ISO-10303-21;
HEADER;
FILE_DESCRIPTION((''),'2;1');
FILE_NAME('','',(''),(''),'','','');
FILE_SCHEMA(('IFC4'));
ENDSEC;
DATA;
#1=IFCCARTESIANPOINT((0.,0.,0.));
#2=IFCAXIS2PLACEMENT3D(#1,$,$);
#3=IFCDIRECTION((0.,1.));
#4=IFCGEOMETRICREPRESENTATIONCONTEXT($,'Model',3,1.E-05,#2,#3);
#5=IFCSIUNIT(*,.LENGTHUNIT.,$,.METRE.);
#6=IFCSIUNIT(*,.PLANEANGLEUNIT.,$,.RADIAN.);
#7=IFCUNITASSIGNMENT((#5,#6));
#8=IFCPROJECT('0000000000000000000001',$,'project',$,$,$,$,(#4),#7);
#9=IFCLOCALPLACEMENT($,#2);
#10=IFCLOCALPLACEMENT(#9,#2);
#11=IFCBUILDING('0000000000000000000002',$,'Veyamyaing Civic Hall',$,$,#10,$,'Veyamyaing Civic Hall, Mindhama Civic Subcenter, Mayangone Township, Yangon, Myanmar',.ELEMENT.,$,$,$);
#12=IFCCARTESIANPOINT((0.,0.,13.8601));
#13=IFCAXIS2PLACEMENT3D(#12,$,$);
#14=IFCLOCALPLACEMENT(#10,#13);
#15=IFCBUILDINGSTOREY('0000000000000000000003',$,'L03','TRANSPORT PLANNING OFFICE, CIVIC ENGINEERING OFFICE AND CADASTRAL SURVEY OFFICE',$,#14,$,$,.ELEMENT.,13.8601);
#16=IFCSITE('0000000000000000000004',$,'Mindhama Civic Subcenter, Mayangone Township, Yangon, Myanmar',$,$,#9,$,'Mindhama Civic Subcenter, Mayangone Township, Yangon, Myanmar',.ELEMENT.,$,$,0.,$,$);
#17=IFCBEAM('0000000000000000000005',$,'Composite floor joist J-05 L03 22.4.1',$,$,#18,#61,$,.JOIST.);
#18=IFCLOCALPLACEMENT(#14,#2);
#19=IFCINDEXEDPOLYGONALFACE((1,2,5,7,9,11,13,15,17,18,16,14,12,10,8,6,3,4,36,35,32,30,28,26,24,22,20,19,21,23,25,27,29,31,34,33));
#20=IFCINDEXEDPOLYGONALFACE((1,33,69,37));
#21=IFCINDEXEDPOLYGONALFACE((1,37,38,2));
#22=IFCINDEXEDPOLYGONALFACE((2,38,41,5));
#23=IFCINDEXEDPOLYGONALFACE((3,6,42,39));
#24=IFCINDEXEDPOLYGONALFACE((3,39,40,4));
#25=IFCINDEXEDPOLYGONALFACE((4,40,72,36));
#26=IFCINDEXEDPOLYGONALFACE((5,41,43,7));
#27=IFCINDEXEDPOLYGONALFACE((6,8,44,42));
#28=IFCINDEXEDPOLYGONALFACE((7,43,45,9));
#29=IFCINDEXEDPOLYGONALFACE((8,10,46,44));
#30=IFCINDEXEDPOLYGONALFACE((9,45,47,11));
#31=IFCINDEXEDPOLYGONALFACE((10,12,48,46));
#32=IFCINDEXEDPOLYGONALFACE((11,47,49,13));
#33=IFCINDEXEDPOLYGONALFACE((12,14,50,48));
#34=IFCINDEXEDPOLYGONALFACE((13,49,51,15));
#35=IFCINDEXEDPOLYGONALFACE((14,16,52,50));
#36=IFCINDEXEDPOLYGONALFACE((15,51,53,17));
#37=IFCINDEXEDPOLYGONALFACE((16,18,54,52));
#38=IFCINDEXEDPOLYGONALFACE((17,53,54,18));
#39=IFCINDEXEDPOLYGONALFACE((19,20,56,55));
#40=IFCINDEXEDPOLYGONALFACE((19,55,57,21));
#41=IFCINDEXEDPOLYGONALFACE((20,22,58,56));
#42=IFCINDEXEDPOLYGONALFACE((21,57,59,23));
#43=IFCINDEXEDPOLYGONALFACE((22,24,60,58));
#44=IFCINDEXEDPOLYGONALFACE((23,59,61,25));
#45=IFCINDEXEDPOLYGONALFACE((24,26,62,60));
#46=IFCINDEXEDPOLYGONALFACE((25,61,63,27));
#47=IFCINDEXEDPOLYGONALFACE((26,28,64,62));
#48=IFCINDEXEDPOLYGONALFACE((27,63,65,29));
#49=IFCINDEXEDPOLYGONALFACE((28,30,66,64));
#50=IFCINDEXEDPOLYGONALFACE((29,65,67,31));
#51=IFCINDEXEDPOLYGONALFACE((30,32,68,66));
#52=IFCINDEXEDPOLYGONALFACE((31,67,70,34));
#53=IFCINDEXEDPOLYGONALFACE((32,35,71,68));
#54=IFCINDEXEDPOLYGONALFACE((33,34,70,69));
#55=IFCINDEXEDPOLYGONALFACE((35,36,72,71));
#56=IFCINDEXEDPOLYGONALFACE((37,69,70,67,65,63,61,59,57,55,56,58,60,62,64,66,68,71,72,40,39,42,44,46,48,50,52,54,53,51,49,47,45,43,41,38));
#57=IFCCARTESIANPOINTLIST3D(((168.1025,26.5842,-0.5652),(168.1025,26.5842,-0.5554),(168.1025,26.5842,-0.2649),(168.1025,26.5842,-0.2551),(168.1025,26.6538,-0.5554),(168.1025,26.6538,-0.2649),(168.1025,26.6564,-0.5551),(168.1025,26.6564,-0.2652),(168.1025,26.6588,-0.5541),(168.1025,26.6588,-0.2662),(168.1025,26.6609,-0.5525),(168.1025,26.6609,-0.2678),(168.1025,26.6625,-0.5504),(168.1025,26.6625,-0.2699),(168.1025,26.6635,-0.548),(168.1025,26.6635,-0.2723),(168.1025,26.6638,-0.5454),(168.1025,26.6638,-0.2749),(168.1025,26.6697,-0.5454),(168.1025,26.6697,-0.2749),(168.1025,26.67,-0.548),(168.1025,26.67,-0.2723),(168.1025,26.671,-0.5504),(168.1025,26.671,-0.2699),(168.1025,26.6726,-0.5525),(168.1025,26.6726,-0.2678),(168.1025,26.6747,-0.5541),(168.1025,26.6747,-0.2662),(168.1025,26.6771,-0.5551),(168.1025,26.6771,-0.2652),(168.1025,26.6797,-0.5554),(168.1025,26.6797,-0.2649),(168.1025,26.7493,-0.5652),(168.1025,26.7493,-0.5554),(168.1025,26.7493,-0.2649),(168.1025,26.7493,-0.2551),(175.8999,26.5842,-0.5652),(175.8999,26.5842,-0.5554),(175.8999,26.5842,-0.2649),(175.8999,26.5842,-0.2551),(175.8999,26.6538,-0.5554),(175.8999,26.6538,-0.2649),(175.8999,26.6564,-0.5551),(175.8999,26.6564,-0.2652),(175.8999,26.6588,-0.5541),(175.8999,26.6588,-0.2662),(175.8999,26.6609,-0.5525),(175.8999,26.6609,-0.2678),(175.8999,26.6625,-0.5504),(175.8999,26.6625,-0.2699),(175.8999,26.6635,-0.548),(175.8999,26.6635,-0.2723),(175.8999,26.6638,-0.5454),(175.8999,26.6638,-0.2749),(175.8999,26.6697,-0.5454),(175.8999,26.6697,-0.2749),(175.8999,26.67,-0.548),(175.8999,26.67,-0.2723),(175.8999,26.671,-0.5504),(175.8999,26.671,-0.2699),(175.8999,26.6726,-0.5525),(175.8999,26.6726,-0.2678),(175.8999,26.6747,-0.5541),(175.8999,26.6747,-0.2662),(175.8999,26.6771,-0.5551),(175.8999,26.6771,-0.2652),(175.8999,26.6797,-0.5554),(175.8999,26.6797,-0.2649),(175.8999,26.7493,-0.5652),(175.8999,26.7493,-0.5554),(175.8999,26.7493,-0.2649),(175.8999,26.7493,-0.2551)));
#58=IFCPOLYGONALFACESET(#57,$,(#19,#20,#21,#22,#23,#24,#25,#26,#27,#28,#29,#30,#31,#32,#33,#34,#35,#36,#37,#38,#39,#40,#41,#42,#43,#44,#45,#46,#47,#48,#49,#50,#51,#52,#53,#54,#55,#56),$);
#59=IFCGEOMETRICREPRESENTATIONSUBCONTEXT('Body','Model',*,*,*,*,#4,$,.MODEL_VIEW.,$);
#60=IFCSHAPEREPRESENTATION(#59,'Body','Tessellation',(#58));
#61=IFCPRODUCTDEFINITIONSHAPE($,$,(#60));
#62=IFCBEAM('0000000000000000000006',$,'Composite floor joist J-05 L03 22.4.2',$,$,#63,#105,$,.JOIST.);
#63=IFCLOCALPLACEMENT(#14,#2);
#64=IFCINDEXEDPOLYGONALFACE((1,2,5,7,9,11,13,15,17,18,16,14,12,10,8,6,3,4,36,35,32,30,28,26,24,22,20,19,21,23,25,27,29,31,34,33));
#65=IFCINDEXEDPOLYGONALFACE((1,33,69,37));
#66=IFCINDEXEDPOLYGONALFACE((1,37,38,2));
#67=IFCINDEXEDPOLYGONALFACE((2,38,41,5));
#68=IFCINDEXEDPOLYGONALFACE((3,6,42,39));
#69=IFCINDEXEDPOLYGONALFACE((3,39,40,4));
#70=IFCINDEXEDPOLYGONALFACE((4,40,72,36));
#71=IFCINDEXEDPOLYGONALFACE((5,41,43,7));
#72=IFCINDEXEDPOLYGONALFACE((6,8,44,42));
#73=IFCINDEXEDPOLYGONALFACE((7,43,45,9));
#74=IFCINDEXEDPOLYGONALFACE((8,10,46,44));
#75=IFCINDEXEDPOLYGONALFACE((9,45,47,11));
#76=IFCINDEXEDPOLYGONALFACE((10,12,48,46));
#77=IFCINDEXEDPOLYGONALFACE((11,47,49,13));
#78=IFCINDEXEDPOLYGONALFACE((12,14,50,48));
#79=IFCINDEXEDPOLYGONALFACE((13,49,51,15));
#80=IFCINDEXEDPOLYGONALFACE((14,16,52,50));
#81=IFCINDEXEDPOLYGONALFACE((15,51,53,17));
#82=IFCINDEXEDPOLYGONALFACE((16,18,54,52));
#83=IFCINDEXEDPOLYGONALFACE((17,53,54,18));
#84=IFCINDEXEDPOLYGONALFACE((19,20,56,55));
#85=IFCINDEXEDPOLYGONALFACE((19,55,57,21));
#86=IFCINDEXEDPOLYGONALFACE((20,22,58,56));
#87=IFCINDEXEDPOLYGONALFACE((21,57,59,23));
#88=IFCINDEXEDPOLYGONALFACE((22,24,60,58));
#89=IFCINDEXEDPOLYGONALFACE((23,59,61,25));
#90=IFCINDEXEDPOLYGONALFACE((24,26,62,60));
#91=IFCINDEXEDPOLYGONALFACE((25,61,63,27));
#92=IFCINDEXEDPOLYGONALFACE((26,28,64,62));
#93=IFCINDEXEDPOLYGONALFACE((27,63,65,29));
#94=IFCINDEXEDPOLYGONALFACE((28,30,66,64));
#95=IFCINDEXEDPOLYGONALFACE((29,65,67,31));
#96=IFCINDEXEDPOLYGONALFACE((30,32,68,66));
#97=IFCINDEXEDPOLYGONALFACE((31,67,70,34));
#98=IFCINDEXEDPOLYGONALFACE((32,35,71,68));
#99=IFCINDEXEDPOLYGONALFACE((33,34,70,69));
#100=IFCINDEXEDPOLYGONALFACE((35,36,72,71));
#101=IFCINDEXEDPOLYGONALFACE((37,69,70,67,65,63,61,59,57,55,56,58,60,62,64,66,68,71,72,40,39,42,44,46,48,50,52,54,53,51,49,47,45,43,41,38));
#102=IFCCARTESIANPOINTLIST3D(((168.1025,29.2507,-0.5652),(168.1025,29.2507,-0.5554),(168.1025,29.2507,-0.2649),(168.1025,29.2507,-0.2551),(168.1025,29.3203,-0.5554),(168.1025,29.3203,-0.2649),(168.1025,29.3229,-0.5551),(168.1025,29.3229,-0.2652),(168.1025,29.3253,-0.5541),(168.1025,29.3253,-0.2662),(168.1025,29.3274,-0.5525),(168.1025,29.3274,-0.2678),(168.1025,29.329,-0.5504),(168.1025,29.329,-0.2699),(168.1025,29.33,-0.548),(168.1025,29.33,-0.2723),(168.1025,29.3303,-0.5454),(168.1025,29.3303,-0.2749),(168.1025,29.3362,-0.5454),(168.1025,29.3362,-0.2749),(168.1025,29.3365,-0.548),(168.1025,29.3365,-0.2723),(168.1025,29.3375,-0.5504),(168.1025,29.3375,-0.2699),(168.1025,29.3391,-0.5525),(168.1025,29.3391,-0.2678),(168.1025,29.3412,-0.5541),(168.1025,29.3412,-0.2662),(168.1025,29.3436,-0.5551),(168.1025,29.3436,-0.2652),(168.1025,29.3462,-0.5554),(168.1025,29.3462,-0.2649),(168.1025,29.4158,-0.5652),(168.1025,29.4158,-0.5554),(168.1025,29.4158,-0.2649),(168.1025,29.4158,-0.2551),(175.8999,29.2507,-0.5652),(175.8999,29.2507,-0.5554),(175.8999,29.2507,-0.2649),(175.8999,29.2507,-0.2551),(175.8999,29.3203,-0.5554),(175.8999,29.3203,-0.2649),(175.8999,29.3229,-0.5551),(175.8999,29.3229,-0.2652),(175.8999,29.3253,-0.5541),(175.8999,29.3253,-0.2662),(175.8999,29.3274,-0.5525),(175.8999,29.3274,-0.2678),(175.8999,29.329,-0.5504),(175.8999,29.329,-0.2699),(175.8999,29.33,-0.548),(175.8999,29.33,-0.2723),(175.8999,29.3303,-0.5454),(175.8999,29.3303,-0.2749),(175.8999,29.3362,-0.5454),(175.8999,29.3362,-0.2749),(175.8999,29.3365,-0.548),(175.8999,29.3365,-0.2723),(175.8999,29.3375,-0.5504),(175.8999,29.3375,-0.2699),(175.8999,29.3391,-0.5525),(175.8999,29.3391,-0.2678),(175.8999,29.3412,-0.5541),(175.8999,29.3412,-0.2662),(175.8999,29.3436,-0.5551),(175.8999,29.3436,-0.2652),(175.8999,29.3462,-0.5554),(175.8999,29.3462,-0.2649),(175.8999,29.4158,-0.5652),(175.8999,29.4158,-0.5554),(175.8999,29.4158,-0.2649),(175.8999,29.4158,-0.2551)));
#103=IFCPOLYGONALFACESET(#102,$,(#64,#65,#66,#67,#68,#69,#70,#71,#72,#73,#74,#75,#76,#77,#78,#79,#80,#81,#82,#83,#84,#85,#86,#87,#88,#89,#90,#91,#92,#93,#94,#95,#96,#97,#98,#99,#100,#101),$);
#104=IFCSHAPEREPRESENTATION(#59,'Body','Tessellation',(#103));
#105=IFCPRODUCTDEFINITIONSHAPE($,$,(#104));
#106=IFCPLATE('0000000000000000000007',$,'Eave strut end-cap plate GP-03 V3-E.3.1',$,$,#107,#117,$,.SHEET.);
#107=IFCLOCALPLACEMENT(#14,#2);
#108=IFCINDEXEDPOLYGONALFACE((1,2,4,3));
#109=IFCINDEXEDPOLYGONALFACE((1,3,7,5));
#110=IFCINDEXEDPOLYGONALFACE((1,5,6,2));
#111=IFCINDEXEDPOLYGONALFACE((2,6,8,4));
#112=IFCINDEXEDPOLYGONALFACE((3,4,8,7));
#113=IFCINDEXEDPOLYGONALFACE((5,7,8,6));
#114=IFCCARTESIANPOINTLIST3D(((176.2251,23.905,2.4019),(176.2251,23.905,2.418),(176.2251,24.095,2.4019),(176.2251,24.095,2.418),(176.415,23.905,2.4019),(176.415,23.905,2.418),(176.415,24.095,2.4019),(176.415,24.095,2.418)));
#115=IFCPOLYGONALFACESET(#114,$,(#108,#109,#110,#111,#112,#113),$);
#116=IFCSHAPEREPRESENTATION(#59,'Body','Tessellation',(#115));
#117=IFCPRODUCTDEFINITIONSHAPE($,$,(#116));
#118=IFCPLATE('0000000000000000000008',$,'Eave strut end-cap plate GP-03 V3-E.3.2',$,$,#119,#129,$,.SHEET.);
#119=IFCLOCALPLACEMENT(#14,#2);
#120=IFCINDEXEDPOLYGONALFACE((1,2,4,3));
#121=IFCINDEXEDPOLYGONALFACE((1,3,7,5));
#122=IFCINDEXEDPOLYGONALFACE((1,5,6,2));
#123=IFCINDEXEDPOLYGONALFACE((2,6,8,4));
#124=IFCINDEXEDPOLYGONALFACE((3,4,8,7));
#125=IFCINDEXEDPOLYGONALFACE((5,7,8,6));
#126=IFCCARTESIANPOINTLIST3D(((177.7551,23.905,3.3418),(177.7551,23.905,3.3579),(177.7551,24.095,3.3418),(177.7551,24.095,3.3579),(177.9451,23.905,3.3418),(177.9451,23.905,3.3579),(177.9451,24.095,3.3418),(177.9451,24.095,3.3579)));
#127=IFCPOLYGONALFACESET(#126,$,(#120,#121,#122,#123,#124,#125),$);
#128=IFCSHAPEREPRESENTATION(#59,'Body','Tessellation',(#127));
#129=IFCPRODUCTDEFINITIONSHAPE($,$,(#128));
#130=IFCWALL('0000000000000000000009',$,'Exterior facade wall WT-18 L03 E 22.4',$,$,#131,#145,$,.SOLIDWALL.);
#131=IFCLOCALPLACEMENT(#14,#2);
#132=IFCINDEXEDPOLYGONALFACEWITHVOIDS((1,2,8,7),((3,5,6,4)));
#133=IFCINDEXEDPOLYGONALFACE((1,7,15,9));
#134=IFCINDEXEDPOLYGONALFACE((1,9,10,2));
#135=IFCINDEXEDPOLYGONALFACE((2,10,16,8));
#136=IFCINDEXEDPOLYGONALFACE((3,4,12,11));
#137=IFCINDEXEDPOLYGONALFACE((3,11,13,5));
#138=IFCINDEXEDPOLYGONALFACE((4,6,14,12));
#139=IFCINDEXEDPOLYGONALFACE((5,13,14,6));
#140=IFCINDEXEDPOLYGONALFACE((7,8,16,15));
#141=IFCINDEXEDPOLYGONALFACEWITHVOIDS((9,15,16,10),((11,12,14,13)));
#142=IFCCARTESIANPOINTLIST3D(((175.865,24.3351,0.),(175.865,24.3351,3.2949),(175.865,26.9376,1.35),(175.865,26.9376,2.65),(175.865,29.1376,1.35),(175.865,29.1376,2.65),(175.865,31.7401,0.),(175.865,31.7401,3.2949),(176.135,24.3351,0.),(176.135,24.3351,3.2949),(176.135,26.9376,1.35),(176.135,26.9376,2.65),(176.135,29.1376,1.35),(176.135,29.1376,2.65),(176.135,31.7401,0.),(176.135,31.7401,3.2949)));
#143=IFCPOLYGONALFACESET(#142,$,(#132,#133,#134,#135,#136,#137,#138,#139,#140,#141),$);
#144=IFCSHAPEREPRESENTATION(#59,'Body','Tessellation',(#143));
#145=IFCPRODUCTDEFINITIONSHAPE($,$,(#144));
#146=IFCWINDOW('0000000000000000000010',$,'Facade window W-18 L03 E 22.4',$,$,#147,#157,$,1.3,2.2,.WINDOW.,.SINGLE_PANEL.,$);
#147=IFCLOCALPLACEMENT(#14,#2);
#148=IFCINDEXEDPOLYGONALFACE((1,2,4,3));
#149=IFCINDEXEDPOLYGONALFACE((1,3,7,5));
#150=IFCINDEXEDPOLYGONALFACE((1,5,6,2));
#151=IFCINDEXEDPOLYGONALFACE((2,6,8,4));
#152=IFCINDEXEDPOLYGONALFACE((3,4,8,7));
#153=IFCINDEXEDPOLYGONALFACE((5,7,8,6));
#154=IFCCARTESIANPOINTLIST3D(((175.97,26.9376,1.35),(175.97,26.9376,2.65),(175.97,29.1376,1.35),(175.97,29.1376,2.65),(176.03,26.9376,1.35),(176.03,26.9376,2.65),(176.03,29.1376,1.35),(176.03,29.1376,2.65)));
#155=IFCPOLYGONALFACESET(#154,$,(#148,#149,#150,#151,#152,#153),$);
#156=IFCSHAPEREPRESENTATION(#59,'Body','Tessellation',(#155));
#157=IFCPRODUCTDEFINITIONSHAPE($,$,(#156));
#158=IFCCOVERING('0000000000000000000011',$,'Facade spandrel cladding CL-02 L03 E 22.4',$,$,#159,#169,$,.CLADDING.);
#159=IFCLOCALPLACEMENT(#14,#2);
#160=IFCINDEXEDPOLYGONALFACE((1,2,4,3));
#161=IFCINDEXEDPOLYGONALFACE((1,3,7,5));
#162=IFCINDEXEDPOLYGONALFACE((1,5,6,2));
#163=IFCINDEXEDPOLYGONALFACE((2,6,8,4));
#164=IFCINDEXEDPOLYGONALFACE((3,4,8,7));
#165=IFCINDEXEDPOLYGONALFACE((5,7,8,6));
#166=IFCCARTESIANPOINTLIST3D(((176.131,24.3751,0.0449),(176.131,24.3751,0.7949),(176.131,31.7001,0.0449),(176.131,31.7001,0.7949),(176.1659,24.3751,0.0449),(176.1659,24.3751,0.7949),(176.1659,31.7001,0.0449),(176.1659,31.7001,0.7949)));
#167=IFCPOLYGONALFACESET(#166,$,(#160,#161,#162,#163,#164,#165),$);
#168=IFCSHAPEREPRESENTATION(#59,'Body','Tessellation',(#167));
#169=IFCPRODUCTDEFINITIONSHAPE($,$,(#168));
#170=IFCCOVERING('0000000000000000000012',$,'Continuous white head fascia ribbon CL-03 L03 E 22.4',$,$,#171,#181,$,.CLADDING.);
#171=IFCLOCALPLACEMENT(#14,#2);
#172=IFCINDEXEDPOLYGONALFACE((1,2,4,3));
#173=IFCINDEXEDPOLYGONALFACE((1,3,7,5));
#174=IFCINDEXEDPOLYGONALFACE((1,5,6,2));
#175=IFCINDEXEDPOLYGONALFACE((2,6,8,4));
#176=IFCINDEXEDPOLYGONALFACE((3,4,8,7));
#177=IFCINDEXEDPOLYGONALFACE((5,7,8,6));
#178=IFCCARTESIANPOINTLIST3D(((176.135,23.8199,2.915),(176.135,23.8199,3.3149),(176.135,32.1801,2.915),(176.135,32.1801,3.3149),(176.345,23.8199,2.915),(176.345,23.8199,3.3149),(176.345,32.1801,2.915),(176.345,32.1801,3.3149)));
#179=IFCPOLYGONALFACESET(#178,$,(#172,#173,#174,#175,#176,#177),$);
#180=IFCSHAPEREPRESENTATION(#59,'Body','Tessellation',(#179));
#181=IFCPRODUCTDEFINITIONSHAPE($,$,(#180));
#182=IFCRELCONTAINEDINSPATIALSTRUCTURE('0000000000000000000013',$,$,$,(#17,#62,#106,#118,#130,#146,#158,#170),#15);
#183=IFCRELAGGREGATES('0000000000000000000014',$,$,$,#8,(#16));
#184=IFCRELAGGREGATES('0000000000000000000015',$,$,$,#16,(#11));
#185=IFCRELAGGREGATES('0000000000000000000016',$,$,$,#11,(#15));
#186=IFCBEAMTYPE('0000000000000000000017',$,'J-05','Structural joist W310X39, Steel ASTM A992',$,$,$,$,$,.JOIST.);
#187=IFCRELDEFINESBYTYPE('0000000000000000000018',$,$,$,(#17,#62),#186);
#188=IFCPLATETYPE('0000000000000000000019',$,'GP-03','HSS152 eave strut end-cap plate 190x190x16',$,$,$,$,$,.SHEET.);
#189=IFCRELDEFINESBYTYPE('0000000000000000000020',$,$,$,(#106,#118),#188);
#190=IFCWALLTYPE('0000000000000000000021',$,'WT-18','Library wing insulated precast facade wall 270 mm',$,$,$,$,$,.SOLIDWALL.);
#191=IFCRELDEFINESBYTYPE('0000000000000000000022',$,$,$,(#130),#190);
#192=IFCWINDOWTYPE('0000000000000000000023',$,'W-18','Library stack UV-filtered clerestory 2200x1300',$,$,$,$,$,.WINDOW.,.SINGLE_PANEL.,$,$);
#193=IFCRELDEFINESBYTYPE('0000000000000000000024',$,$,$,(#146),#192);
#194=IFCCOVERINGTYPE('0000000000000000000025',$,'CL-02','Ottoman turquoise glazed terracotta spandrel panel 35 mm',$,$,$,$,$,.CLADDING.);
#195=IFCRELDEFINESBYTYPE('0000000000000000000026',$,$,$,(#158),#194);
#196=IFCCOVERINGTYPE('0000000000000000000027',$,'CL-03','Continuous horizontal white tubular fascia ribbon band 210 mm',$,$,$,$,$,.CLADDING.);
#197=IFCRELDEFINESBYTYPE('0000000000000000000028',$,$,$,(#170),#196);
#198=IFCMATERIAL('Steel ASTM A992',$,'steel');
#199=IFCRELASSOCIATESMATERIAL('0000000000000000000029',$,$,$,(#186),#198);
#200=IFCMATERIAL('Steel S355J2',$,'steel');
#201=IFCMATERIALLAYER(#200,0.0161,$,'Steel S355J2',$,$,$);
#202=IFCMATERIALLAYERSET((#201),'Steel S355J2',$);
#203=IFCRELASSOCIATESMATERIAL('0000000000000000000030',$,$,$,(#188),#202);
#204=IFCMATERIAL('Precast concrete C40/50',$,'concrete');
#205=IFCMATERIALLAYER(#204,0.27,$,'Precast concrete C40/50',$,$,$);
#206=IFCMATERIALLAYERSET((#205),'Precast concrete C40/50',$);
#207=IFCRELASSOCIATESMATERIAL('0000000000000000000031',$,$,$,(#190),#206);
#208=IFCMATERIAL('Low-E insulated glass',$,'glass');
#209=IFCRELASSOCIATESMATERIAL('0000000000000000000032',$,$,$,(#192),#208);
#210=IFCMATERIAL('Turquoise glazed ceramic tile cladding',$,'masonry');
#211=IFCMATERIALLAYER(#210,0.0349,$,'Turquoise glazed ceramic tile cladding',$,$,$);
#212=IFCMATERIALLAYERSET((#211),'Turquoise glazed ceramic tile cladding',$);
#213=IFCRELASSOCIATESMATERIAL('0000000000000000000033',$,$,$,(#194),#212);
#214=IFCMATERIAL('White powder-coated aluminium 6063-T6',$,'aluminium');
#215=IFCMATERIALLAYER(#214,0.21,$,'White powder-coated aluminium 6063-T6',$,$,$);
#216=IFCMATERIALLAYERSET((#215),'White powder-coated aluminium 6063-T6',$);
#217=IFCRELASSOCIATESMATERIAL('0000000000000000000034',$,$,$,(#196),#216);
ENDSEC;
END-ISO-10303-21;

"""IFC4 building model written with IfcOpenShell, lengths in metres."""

from ifc_helpers import new_model, si_unit, direction, frame, frame_2d, origin, origin_2d, place, context, subcontext, project, spatial, rectangle, i_section, extrude, material, layer, layer_set, material_profile, profile_set, type_object, element, fill, save


model = new_model("IFC4")

# Units and contexts
model_context = context("Model", 3, precision=1e-05, world=origin(), true_north=direction((0.0, 1.0)))
body_context = subcontext(model_context, "Body", "Model", "MODEL_VIEW")
ifc_project = project(units=[si_unit("LENGTHUNIT", "METRE"), si_unit("PLANEANGLEUNIT", "RADIAN")], contexts=[model_context])

# Site, building, storey
site_placement = place(None, origin())
site = spatial("IfcSite", under=ifc_project, at=site_placement, Name="Mindhama Civic Subcenter, Mayangone Township, Yangon, Myanmar", LongName="Mindhama Civic Subcenter, Mayangone Township, Yangon, Myanmar", CompositionType="ELEMENT", RefElevation=0.0)
building_placement = place(site_placement, origin())
building = spatial("IfcBuilding", under=site, at=building_placement, Name="Veyamyaing Civic Hall", LongName="Veyamyaing Civic Hall, Mindhama Civic Subcenter, Mayangone Township, Yangon, Myanmar", CompositionType="ELEMENT")
storey_placement = place(building_placement, frame((0.0, 0.0, 13.8601)))
storey = spatial("IfcBuildingStorey", under=building, at=storey_placement, Name="L03", Description="TRANSPORT PLANNING OFFICE, CIVIC ENGINEERING OFFICE AND CADASTRAL SURVEY OFFICE", CompositionType="ELEMENT", Elevation=13.8601)

# Beams
ifc_material_1 = material(Name="Steel ASTM A992", Category="steel")
ifc_material_profile_1 = material_profile(ifc_material_1, i_section(OverallWidth=0.165, OverallDepth=0.3101, WebThickness=0.0059, FlangeThickness=0.0098, FilletRadius=0.01, at=origin_2d()), Name="W310X39")
ifc_profile_set_1 = profile_set([ifc_material_profile_1], Name="Steel ASTM A992")
beam_type_1 = type_object("IfcBeamType", Name="J-05", Description="Structural joist W310X39, Steel ASTM A992", PredefinedType="JOIST", material=ifc_profile_set_1)
for number, where, z_axis, x_axis, name in (
    (1, (168.1025, 26.6667, -0.4102), (1.0, 0.0, 0.0), (0.0, 1.0, 0.0), "Composite floor joist J-05 L03 22.4.1"),
    (2, (168.1025, 29.3333, -0.4102), (1.0, 0.0, 0.0), (0.0, 1.0, 0.0), "Composite floor joist J-05 L03 22.4.2"),
):
    element("IfcBeam", number, at=place(storey_placement, frame(where, z_axis=z_axis, x_axis=x_axis)), inside=storey, type_object=beam_type_1, Name=name, PredefinedType="JOIST", context=body_context, shape_type="SweptSolid", body=[
        extrude(i_section(OverallWidth=0.165, OverallDepth=0.3101, WebThickness=0.0059, FlangeThickness=0.0098, FilletRadius=0.01, at=origin_2d()), origin(), (0.0, 0.0, 1.0), 7.7974),
    ])

# Plates
ifc_material_2 = material(Name="Steel S355J2", Category="steel")
ifc_layer_1 = layer(ifc_material_2, 0.0161, Name="Steel S355J2")
ifc_layer_set_1 = layer_set([ifc_layer_1], Name="Steel S355J2")
plate_type = type_object("IfcPlateType", Name="GP-03", Description="HSS152 eave strut end-cap plate 190x190x16", PredefinedType="SHEET", material=ifc_layer_set_1)
for number, where, z_axis, x_axis, name in (
    (3, (176.3201, 24.0, 2.4019), (0.0, 0.0, 1.0), (1.0, 0.0, 0.0), "Eave strut end-cap plate GP-03 V3-E.3.1"),
    (4, (177.8501, 24.0, 3.3418), (0.0, 0.0, 1.0), (1.0, 0.0, 0.0), "Eave strut end-cap plate GP-03 V3-E.3.2"),
):
    element("IfcPlate", number, at=place(storey_placement, frame(where, z_axis=z_axis, x_axis=x_axis)), inside=storey, type_object=plate_type, Name=name, PredefinedType="SHEET", context=body_context, shape_type="SweptSolid", body=[
        extrude(rectangle(XDim=0.1899, YDim=0.1899, at=origin_2d()), origin(), (0.0, 0.0, 1.0), 0.0161),
    ])

# Wall, opening, window
ifc_material_3 = material(Name="Precast concrete C40/50", Category="concrete")
ifc_layer_2 = layer(ifc_material_3, 0.27, Name="Precast concrete C40/50")
ifc_layer_set_2 = layer_set([ifc_layer_2], Name="Precast concrete C40/50")
wall_type = type_object("IfcWallType", Name="WT-18", Description="Library wing insulated precast facade wall 270 mm", PredefinedType="SOLIDWALL", material=ifc_layer_set_2)
wall_placement = place(storey_placement, frame((176.0, 24.335, 0.0), z_axis=(0.0, 0.0, 1.0), x_axis=(0.0, 1.0, 0.0)))
wall = element("IfcWall", 5, at=wall_placement, inside=storey, type_object=wall_type, Name="Exterior facade wall WT-18 L03 E 22.4", PredefinedType="SOLIDWALL", context=body_context, shape_type="SweptSolid", body=[
    extrude(rectangle(XDim=7.405, YDim=0.27, at=frame_2d((3.7026, 0.0))), origin(), (0.0, 0.0, 1.0), 3.2949),
])
opening_placement = place(wall_placement, frame((2.6025, 0.0, 1.3501)))
opening = element("IfcOpeningElement", 6, at=opening_placement, cuts=wall, PredefinedType="OPENING", context=body_context, shape_type="SweptSolid", body=[
    extrude(rectangle(XDim=2.2, YDim=1.3, at=frame_2d((1.1001, 0.6499))), frame((0.0, 0.145, 0.0), z_axis=(0.0, -1.0, 0.0), x_axis=(1.0, 0.0, 0.0)), (0.0, 0.0, 1.0), 0.29),
])
ifc_material_4 = material(Name="Low-E insulated glass", Category="glass")
window_type = type_object("IfcWindowType", Name="W-18", Description="Library stack UV-filtered clerestory 2200x1300", PartitioningType="SINGLE_PANEL", PredefinedType="WINDOW", material=ifc_material_4)
window_placement = place(opening_placement, origin())
window = element("IfcWindow", 7, at=window_placement, inside=storey, type_object=window_type, Name="Facade window W-18 L03 E 22.4", OverallHeight=1.3, OverallWidth=2.2, PartitioningType="SINGLE_PANEL", PredefinedType="WINDOW", context=body_context, shape_type="SweptSolid", body=[
    extrude(rectangle(XDim=2.2, YDim=1.3, at=frame_2d((1.1001, 0.6499))), frame((0.0, 0.03, 0.0), z_axis=(0.0, -1.0, 0.0), x_axis=(1.0, 0.0, 0.0)), (0.0, 0.0, 1.0), 0.0601),
])
fill(opening, window)

# Coverings
ifc_material_5 = material(Name="Turquoise glazed ceramic tile cladding", Category="masonry")
ifc_layer_3 = layer(ifc_material_5, 0.0349, Name="Turquoise glazed ceramic tile cladding")
ifc_layer_set_3 = layer_set([ifc_layer_3], Name="Turquoise glazed ceramic tile cladding")
covering_type_1 = type_object("IfcCoveringType", Name="CL-02", Description="Ottoman turquoise glazed terracotta spandrel panel 35 mm", PredefinedType="CLADDING", material=ifc_layer_set_3)
covering_placement = place(storey_placement, frame((176.1484, 28.0376, 0.0449), z_axis=(0.0, 0.0, 1.0), x_axis=(0.0, 1.0, 0.0)))
element("IfcCovering", 8, at=covering_placement, inside=storey, type_object=covering_type_1, Name="Facade spandrel cladding CL-02 L03 E 22.4", PredefinedType="CLADDING", context=body_context, shape_type="SweptSolid", body=[
    extrude(rectangle(XDim=7.325, YDim=0.0349, at=origin_2d()), origin(), (0.0, 0.0, 1.0), 0.75),
])
ifc_material_6 = material(Name="White powder-coated aluminium 6063-T6", Category="aluminium")
ifc_layer_4 = layer(ifc_material_6, 0.21, Name="White powder-coated aluminium 6063-T6")
ifc_layer_set_4 = layer_set([ifc_layer_4], Name="White powder-coated aluminium 6063-T6")
covering_type_2 = type_object("IfcCoveringType", Name="CL-03", Description="Continuous horizontal white tubular fascia ribbon band 210 mm", PredefinedType="CLADDING", material=ifc_layer_set_4)
for number, where, z_axis, x_axis, name in (
    (9, (176.24, 28.0, 2.915), (0.0, 0.0, 1.0), (0.0, 1.0, 0.0), "Continuous white head fascia ribbon CL-03 L03 E 22.4"),
):
    element("IfcCovering", number, at=place(storey_placement, frame(where, z_axis=z_axis, x_axis=x_axis)), inside=storey, type_object=covering_type_2, Name=name, PredefinedType="CLADDING", context=body_context, shape_type="SweptSolid", body=[
        extrude(rectangle(XDim=8.3601, YDim=0.21, at=origin_2d()), origin(), (0.0, 0.0, 1.0), 0.3999),
    ])

save(model, "model.ifc")
